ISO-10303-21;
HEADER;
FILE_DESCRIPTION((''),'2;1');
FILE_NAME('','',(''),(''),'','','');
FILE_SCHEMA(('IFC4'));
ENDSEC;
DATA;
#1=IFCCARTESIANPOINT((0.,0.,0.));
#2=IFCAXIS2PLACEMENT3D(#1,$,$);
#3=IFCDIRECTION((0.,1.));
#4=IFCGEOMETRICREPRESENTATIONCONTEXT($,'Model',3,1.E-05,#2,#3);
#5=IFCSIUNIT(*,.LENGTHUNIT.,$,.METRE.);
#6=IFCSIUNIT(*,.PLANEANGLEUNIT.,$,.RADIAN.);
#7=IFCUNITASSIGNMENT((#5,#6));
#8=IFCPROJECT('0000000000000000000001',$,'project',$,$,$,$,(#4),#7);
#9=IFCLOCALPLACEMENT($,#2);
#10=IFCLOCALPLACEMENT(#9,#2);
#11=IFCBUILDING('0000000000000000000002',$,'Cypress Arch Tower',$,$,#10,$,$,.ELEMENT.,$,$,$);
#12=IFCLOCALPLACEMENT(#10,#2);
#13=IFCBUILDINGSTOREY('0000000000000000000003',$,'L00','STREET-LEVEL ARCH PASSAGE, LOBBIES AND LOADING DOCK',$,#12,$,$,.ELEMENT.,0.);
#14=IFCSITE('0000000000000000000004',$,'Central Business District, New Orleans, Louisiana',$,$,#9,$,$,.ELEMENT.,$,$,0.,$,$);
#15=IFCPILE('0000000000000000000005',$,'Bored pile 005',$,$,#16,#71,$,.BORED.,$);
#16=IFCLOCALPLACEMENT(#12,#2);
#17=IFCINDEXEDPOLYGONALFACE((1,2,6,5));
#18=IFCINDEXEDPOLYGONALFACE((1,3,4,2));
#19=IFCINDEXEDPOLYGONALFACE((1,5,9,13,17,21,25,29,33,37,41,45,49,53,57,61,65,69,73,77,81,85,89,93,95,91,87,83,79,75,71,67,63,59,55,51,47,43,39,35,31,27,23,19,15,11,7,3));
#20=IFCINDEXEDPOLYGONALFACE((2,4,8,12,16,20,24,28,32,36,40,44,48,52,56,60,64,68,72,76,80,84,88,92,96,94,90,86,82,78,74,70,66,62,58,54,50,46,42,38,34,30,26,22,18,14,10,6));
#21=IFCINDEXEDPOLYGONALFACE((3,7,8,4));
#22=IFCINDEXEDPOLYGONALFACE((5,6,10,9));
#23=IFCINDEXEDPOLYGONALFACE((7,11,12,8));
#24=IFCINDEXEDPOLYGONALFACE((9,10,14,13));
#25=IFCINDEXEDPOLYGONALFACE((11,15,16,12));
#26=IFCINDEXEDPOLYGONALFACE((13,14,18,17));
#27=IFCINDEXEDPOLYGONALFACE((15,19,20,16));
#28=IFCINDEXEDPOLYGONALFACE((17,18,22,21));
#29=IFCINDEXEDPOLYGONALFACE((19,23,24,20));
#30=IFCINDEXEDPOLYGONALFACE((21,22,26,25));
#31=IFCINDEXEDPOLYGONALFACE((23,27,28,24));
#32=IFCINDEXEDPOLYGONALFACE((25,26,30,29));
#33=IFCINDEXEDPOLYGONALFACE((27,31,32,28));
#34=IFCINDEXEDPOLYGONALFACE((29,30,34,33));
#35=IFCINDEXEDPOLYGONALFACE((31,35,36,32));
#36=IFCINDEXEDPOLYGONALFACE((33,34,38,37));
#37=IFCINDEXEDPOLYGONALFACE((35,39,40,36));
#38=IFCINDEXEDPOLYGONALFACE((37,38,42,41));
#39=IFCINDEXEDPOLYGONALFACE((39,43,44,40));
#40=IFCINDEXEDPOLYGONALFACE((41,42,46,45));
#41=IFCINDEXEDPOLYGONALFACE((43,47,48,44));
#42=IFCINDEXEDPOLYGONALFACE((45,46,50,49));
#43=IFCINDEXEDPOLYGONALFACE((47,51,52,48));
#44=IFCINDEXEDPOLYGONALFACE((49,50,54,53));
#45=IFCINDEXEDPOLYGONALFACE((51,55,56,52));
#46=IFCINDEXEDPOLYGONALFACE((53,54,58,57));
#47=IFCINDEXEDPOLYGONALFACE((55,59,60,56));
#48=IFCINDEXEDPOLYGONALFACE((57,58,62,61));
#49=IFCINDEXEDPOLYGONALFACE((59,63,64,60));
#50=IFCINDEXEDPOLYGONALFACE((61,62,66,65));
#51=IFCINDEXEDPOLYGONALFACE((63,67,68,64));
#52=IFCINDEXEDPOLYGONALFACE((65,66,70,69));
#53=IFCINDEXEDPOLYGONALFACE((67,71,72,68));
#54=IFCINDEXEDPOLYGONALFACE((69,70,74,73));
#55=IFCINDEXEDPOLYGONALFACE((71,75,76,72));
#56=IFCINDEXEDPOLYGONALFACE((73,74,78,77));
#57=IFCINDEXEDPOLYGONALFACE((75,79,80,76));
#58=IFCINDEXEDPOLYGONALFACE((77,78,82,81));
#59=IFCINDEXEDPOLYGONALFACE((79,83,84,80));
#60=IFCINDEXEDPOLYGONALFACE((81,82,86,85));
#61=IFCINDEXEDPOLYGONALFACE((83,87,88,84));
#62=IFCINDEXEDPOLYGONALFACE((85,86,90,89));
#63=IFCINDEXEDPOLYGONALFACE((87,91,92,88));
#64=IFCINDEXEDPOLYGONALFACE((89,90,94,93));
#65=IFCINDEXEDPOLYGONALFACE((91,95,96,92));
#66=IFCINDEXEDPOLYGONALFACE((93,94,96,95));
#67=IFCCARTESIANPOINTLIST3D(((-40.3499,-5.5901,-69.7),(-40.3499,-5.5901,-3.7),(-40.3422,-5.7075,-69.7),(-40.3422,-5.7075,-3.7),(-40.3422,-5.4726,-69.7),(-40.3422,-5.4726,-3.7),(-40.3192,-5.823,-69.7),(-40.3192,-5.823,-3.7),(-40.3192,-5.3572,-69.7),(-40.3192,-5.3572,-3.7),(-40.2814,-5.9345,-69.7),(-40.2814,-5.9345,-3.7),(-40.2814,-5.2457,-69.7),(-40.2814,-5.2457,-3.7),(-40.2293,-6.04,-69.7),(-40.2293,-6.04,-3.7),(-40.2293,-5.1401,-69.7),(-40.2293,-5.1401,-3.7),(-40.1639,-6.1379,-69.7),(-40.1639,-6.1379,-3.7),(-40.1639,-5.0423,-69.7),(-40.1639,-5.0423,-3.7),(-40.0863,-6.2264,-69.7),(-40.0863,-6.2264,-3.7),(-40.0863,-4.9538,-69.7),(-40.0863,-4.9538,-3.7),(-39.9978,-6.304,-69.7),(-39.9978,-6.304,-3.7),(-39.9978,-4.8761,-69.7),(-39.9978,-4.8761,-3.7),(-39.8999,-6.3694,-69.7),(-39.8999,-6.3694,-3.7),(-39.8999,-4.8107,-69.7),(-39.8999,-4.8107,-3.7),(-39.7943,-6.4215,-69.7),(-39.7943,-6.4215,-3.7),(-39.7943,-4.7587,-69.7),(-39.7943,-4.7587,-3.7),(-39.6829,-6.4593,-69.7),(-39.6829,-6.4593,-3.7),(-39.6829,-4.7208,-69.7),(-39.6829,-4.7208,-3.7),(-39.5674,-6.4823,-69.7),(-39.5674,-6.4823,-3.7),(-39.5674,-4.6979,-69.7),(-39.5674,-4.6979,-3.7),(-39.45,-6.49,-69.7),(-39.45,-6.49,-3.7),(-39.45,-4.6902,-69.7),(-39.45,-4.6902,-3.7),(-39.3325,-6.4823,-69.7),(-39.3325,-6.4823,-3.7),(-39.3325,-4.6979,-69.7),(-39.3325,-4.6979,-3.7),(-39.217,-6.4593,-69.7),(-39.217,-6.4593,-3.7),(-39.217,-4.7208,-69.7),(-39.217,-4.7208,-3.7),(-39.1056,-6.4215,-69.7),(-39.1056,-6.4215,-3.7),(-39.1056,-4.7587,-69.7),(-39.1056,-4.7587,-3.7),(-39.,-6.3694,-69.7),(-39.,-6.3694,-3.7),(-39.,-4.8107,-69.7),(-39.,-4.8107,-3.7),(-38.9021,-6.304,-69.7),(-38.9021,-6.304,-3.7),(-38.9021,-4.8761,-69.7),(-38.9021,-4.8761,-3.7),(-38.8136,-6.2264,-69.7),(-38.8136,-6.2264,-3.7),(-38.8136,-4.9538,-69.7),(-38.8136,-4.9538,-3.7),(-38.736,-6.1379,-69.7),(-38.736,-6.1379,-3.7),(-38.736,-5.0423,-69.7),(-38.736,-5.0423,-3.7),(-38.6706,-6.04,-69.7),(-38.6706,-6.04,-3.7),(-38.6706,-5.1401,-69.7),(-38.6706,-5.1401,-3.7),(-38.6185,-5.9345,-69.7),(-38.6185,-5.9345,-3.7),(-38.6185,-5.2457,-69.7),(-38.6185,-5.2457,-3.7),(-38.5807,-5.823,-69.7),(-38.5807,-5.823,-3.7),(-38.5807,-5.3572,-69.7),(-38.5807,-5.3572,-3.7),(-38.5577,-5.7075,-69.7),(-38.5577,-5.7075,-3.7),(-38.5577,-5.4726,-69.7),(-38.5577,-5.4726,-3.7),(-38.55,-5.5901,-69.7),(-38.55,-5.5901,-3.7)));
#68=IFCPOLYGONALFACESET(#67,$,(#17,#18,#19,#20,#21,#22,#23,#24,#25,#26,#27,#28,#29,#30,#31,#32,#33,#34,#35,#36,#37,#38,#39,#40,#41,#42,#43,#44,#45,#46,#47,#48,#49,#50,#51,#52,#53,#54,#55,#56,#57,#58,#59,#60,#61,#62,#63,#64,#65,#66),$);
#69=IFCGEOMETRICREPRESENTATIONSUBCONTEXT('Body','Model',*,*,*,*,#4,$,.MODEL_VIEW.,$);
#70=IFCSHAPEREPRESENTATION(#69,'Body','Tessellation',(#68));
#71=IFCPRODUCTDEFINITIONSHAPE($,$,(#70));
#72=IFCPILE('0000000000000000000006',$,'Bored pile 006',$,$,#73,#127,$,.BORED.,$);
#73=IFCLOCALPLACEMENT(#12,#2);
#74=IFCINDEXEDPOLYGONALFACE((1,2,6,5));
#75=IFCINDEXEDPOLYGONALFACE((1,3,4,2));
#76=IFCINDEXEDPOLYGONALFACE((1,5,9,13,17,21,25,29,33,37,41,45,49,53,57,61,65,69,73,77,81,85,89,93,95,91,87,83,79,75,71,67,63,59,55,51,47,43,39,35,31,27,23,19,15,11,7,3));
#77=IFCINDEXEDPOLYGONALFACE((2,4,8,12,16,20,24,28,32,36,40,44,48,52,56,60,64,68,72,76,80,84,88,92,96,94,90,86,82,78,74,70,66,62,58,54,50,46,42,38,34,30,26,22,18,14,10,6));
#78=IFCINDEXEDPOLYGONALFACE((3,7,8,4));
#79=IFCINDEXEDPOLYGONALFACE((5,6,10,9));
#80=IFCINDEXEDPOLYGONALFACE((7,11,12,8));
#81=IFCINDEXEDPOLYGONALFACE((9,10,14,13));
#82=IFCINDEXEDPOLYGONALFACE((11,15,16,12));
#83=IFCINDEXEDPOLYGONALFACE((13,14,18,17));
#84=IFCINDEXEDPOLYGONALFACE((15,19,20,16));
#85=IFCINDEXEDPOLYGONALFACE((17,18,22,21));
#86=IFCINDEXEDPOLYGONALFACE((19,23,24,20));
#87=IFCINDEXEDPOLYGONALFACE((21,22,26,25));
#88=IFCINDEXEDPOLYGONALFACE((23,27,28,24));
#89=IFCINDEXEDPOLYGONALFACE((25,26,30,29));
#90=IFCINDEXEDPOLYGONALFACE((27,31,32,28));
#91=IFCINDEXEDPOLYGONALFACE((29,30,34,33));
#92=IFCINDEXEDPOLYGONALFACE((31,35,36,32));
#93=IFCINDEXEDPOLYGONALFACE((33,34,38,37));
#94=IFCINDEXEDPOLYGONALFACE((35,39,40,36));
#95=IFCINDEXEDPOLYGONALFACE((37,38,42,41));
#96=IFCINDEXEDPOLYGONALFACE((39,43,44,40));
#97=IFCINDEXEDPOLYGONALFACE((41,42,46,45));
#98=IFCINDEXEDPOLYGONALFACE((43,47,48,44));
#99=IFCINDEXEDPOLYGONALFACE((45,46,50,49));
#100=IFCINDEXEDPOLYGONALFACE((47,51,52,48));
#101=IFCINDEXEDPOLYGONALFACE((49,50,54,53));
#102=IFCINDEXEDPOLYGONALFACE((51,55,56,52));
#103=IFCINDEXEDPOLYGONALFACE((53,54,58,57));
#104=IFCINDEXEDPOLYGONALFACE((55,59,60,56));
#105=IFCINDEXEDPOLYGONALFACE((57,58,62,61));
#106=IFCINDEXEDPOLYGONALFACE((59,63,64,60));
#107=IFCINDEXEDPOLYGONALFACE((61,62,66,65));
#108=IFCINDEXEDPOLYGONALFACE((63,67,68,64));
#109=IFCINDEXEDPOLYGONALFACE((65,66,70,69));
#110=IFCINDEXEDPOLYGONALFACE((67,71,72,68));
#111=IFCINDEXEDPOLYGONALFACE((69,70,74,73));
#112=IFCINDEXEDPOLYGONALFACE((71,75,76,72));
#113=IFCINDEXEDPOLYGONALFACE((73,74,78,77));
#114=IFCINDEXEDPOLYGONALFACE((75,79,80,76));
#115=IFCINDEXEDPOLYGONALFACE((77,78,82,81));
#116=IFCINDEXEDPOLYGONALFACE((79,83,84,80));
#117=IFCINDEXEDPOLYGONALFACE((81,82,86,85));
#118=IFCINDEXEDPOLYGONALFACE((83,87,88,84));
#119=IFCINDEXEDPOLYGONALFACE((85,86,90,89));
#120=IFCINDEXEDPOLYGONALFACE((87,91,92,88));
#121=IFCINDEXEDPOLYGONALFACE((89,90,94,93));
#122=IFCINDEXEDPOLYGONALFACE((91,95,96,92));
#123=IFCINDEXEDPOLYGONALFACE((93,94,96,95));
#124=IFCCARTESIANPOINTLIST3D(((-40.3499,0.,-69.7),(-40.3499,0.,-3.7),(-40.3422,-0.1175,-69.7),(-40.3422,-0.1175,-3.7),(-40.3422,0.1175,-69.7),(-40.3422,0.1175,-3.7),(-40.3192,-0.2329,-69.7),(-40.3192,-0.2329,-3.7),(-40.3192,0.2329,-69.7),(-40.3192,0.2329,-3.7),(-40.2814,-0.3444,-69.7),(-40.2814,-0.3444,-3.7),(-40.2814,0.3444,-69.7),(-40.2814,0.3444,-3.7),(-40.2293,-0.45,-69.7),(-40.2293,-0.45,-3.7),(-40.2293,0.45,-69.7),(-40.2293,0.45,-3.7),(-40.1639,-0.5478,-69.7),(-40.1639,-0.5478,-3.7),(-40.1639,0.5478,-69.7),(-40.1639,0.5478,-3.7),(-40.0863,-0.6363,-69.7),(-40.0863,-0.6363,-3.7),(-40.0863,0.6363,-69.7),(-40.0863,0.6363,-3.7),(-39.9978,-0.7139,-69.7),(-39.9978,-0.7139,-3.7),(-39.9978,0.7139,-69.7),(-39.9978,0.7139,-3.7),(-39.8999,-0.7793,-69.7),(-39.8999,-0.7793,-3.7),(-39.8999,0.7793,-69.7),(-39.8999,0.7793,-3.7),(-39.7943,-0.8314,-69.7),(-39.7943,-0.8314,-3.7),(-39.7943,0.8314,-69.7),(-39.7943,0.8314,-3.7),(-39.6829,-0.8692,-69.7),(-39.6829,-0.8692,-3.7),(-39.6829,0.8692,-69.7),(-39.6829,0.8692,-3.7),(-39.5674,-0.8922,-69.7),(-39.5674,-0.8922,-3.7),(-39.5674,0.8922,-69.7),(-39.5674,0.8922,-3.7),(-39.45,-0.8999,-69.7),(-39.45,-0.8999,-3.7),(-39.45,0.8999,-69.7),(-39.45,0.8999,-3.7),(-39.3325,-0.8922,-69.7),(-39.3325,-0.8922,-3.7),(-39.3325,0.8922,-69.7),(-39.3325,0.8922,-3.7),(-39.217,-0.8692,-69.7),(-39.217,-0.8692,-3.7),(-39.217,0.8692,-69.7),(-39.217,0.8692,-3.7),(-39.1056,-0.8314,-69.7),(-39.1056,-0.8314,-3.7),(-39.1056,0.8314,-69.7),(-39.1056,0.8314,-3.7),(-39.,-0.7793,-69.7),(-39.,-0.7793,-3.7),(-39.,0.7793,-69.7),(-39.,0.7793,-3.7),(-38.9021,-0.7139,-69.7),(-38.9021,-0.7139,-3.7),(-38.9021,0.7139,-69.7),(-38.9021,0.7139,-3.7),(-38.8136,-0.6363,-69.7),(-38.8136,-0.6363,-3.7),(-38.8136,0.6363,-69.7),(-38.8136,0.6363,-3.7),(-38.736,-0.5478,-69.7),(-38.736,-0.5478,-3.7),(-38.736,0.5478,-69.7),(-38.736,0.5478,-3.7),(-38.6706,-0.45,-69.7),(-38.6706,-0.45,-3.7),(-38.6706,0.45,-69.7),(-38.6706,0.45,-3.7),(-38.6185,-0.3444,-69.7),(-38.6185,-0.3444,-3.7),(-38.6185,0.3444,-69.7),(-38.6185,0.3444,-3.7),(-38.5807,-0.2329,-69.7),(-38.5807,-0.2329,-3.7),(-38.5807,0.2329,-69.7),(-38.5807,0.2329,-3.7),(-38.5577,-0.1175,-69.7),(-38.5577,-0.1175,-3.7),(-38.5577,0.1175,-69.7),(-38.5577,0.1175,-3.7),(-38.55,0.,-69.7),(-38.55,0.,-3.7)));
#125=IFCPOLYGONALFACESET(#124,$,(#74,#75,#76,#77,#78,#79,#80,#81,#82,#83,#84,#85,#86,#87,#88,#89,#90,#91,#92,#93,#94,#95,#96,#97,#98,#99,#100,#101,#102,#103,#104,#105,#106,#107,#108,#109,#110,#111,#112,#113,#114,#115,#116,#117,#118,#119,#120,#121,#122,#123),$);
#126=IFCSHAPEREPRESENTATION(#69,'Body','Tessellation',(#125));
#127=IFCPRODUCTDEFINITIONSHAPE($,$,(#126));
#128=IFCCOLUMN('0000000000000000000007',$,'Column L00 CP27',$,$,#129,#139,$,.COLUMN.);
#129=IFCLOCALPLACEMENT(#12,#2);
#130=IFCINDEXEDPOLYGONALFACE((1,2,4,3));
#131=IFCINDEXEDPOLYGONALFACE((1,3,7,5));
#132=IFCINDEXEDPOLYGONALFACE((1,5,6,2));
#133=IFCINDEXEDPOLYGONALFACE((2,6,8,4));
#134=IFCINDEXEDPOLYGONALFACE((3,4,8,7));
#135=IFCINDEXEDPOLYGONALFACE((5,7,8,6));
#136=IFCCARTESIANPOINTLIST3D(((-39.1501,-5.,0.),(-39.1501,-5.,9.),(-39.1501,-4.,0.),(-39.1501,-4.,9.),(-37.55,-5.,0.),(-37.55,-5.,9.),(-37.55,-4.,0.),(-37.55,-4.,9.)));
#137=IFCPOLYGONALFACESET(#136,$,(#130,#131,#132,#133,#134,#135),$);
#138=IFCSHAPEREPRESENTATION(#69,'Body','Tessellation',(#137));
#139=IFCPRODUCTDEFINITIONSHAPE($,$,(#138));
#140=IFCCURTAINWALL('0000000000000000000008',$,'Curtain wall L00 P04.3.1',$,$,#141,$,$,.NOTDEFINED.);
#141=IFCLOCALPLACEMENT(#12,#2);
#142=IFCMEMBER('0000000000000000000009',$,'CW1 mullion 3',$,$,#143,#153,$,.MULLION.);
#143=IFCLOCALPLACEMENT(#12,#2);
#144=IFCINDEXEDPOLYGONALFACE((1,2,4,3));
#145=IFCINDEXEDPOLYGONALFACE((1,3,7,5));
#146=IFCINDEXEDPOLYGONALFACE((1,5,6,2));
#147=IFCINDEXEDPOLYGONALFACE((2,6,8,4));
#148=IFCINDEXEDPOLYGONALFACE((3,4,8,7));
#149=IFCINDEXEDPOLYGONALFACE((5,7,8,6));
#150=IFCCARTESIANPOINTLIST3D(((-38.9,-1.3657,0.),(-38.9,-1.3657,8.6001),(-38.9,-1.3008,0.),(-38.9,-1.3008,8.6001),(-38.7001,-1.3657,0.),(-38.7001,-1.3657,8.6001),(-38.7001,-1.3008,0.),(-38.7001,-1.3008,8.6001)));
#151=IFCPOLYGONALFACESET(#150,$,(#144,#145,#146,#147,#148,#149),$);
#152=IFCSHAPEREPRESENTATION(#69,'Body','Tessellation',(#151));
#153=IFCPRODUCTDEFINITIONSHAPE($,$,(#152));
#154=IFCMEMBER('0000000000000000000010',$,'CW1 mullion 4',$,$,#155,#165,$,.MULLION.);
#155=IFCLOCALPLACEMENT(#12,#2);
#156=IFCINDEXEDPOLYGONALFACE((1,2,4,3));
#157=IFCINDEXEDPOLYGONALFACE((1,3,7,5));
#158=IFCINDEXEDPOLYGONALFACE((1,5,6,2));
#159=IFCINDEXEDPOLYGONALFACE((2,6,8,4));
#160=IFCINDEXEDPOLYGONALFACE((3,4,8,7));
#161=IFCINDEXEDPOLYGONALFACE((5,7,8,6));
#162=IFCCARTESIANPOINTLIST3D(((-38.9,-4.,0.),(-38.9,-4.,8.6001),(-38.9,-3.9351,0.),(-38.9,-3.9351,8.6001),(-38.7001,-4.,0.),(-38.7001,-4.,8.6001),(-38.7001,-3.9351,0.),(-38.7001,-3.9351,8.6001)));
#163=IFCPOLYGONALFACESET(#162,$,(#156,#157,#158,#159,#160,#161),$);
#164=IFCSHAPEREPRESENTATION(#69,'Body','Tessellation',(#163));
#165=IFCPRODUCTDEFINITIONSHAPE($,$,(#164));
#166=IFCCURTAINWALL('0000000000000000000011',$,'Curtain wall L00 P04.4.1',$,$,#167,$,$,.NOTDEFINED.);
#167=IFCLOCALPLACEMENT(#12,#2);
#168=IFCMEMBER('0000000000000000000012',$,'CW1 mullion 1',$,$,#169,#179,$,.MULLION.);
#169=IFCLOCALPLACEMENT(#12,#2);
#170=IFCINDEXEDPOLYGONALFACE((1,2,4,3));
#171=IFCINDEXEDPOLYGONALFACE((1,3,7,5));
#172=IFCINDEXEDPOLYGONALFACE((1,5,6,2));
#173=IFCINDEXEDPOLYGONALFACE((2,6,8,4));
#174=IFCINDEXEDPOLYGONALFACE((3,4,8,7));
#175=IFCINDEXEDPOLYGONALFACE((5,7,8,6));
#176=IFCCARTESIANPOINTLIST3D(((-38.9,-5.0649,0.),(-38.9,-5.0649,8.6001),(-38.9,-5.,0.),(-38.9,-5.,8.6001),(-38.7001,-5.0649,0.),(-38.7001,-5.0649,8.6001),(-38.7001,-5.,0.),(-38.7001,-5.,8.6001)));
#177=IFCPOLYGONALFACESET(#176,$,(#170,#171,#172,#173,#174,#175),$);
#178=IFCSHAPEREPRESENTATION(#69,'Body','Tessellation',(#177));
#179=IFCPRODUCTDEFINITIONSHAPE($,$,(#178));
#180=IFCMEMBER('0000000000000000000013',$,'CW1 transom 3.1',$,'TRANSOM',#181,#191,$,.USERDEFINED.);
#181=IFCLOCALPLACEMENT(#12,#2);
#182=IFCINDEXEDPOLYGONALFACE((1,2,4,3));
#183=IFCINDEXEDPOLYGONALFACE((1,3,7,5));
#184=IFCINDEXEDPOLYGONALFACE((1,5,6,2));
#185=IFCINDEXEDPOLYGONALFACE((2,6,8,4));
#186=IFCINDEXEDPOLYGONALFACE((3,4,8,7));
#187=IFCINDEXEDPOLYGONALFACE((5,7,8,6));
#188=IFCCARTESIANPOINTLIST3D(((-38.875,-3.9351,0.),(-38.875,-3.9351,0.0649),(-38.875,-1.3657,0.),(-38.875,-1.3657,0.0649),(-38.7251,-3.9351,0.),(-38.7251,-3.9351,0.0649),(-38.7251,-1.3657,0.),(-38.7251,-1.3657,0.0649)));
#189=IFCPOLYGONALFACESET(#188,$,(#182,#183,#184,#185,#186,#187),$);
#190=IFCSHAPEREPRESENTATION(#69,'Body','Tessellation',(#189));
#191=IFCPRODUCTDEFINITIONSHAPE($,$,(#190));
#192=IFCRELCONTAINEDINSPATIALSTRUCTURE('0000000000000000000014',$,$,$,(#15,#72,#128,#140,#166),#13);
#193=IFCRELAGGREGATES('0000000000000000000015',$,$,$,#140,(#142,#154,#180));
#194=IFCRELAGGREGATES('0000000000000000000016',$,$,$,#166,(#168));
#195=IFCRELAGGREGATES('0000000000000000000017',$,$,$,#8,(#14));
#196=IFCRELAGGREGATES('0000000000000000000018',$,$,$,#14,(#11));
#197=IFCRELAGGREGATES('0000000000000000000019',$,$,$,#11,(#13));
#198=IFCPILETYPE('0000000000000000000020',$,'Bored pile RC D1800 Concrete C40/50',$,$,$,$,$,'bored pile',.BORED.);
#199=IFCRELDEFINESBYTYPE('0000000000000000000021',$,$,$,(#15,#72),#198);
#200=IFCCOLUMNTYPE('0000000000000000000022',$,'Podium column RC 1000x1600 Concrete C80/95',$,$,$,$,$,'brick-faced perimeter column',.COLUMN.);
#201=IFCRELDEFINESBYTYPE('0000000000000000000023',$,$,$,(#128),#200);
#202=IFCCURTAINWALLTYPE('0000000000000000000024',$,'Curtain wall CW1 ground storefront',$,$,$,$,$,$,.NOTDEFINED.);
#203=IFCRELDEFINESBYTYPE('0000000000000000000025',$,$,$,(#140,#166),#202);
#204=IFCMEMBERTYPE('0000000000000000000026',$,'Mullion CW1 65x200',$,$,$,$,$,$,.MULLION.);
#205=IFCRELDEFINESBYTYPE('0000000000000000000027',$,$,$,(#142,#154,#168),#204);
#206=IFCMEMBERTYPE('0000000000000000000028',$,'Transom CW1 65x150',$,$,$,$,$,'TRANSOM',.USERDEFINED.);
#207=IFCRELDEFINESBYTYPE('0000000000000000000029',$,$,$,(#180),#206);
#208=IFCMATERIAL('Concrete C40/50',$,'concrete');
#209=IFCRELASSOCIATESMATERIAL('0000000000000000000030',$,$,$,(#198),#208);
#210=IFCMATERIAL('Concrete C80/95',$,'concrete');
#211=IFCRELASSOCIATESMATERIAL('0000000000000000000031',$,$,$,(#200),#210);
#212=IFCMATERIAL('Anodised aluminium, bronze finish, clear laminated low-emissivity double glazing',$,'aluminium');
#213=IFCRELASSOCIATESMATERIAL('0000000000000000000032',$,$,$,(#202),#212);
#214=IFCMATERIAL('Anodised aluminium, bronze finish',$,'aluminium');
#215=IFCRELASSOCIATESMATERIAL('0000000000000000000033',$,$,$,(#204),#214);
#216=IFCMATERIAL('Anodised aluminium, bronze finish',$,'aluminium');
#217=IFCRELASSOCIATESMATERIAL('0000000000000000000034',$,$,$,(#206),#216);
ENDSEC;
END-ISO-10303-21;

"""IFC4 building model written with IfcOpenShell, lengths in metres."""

from ifc_helpers import new_model, si_unit, direction, frame, origin, origin_2d, place, context, subcontext, project, spatial, rectangle, circle, extrude, material, material_profile, profile_set, type_object, element, aggregate, save


model = new_model("IFC4")

# Units and contexts
model_context = context("Model", 3, precision=1e-05, world=origin(), true_north=direction((0.0, 1.0)))
body_context = subcontext(model_context, "Body", "Model", "MODEL_VIEW")
ifc_project = project(units=[si_unit("LENGTHUNIT", "METRE"), si_unit("PLANEANGLEUNIT", "RADIAN")], contexts=[model_context])

# Site, building, storey
site_placement = place(None, origin())
site = spatial("IfcSite", under=ifc_project, at=site_placement, Name="Central Business District, New Orleans, Louisiana", CompositionType="ELEMENT", RefElevation=0.0)
building_placement = place(site_placement, origin())
building = spatial("IfcBuilding", under=site, at=building_placement, Name="Cypress Arch Tower", CompositionType="ELEMENT")
storey_placement = place(building_placement, origin())
storey = spatial("IfcBuildingStorey", under=building, at=storey_placement, Name="L00", Description="STREET-LEVEL ARCH PASSAGE, LOBBIES AND LOADING DOCK", CompositionType="ELEMENT", Elevation=0.0)

# Piles
ifc_material_1 = material(Name="Concrete C40/50", Category="concrete")
ifc_material_profile_1 = material_profile(ifc_material_1, circle(Radius=0.8999, at=origin_2d()), Name="RC D1800")
ifc_profile_set_1 = profile_set([ifc_material_profile_1], Name="Concrete C40/50")
pile_type = type_object("IfcPileType", Name="Bored pile RC D1800 Concrete C40/50", ElementType="bored pile", PredefinedType="BORED", material=ifc_profile_set_1)
for number, where, z_axis, x_axis, name in (
    (1, (-39.45, -5.5901, -3.7), (0.0, 0.0, -1.0), (1.0, 0.0, 0.0), "Bored pile 005"),
    (2, (-39.45, 0.0, -3.7), (0.0, 0.0, -1.0), (1.0, 0.0, 0.0), "Bored pile 006"),
):
    element("IfcPile", number, at=place(storey_placement, frame(where, z_axis=z_axis, x_axis=x_axis)), inside=storey, type_object=pile_type, Name=name, PredefinedType="BORED", context=body_context, shape_type="SweptSolid", body=[
        extrude(circle(Radius=0.8999, at=origin_2d()), origin(), (0.0, 0.0, 1.0), 66.0),
    ])

# Column
ifc_material_2 = material(Name="Concrete C80/95", Category="concrete")
ifc_material_profile_2 = material_profile(ifc_material_2, rectangle(XDim=1.0, YDim=1.6001, at=origin_2d()), Name="RC 1000x1600")
ifc_profile_set_2 = profile_set([ifc_material_profile_2], Name="Concrete C80/95")
column_type = type_object("IfcColumnType", Name="Podium column RC 1000x1600 Concrete C80/95", ElementType="brick-faced perimeter column", PredefinedType="COLUMN", material=ifc_profile_set_2)
column_placement = place(storey_placement, frame((-38.3501, -4.5, 0.0), z_axis=(0.0, 0.0, 1.0), x_axis=(0.0, -1.0, 0.0)))
element("IfcColumn", 3, at=column_placement, inside=storey, type_object=column_type, Name="Column L00 CP27", PredefinedType="COLUMN", context=body_context, shape_type="SweptSolid", body=[
    extrude(rectangle(XDim=1.0, YDim=1.6001, at=origin_2d()), origin(), (0.0, 0.0, 1.0), 9.0),
])

# Curtain wall, members
ifc_material_3 = material(Name="Anodised aluminium, bronze finish, clear laminated low-emissivity double glazing", Category="aluminium")
curtain_wall_type = type_object("IfcCurtainWallType", Name="Curtain wall CW1 ground storefront", PredefinedType="NOTDEFINED", material=ifc_material_3)
curtain_wall_1_placement = place(storey_placement, origin())
curtain_wall_1 = element("IfcCurtainWall", 4, at=curtain_wall_1_placement, inside=storey, type_object=curtain_wall_type, Name="Curtain wall L00 P04.3.1", PredefinedType="NOTDEFINED")
ifc_material_4 = material(Name="Anodised aluminium, bronze finish", Category="aluminium")
ifc_material_profile_3 = material_profile(ifc_material_4, rectangle(XDim=0.2, YDim=0.0649, at=origin_2d()), Name="Mullion 65x200")
ifc_profile_set_3 = profile_set([ifc_material_profile_3], Name="Anodised aluminium, bronze finish")
member_type_1 = type_object("IfcMemberType", Name="Mullion CW1 65x200", PredefinedType="MULLION", material=ifc_profile_set_3)
member_1_placement = place(storey_placement, frame((-38.8, -1.3333, 0.0), z_axis=(0.0, 0.0, 1.0), x_axis=(1.0, 0.0, 0.0)))
member_1 = element("IfcMember", 5, at=member_1_placement, type_object=member_type_1, Name="CW1 mullion 3", PredefinedType="MULLION", context=body_context, shape_type="SweptSolid", body=[
    extrude(rectangle(XDim=0.2, YDim=0.0649, at=origin_2d()), origin(), (0.0, 0.0, 1.0), 8.6001),
])
member_2_placement = place(storey_placement, frame((-38.8, -3.9675, 0.0), z_axis=(0.0, 0.0, 1.0), x_axis=(1.0, 0.0, 0.0)))
member_2 = element("IfcMember", 6, at=member_2_placement, type_object=member_type_1, Name="CW1 mullion 4", PredefinedType="MULLION", context=body_context, shape_type="SweptSolid", body=[
    extrude(rectangle(XDim=0.2, YDim=0.0649, at=origin_2d()), origin(), (0.0, 0.0, 1.0), 8.6001),
])

# Curtain wall, member
curtain_wall_2_placement = place(storey_placement, origin())
curtain_wall_2 = element("IfcCurtainWall", 7, at=curtain_wall_2_placement, inside=storey, type_object=curtain_wall_type, Name="Curtain wall L00 P04.4.1", PredefinedType="NOTDEFINED")
member_3_placement = place(storey_placement, frame((-38.8, -5.0325, 0.0), z_axis=(0.0, 0.0, 1.0), x_axis=(1.0, 0.0, 0.0)))
member_3 = element("IfcMember", 8, at=member_3_placement, type_object=member_type_1, Name="CW1 mullion 1", PredefinedType="MULLION", context=body_context, shape_type="SweptSolid", body=[
    extrude(rectangle(XDim=0.2, YDim=0.0649, at=origin_2d()), origin(), (0.0, 0.0, 1.0), 8.6001),
])

# Member
ifc_material_5 = material(Name="Anodised aluminium, bronze finish", Category="aluminium")
ifc_material_profile_4 = material_profile(ifc_material_5, rectangle(XDim=0.1499, YDim=0.0649, at=origin_2d()), Name="Transom 65x150")
ifc_profile_set_4 = profile_set([ifc_material_profile_4], Name="Anodised aluminium, bronze finish")
member_type_2 = type_object("IfcMemberType", Name="Transom CW1 65x150", ElementType="TRANSOM", PredefinedType="USERDEFINED", material=ifc_profile_set_4)
member_4_placement = place(storey_placement, frame((-38.8, -1.3657, 0.0325), z_axis=(0.0, -1.0, 0.0), x_axis=(1.0, 0.0, 0.0)))
member_4 = element("IfcMember", 9, at=member_4_placement, type_object=member_type_2, Name="CW1 transom 3.1", ObjectType="TRANSOM", PredefinedType="USERDEFINED", context=body_context, shape_type="SweptSolid", body=[
    extrude(rectangle(XDim=0.1499, YDim=0.0649, at=origin_2d()), origin(), (0.0, 0.0, 1.0), 2.5693),
])

aggregate(curtain_wall_1, [member_1, member_2, member_4])
aggregate(curtain_wall_2, [member_3])

save(model, "model.ifc")
